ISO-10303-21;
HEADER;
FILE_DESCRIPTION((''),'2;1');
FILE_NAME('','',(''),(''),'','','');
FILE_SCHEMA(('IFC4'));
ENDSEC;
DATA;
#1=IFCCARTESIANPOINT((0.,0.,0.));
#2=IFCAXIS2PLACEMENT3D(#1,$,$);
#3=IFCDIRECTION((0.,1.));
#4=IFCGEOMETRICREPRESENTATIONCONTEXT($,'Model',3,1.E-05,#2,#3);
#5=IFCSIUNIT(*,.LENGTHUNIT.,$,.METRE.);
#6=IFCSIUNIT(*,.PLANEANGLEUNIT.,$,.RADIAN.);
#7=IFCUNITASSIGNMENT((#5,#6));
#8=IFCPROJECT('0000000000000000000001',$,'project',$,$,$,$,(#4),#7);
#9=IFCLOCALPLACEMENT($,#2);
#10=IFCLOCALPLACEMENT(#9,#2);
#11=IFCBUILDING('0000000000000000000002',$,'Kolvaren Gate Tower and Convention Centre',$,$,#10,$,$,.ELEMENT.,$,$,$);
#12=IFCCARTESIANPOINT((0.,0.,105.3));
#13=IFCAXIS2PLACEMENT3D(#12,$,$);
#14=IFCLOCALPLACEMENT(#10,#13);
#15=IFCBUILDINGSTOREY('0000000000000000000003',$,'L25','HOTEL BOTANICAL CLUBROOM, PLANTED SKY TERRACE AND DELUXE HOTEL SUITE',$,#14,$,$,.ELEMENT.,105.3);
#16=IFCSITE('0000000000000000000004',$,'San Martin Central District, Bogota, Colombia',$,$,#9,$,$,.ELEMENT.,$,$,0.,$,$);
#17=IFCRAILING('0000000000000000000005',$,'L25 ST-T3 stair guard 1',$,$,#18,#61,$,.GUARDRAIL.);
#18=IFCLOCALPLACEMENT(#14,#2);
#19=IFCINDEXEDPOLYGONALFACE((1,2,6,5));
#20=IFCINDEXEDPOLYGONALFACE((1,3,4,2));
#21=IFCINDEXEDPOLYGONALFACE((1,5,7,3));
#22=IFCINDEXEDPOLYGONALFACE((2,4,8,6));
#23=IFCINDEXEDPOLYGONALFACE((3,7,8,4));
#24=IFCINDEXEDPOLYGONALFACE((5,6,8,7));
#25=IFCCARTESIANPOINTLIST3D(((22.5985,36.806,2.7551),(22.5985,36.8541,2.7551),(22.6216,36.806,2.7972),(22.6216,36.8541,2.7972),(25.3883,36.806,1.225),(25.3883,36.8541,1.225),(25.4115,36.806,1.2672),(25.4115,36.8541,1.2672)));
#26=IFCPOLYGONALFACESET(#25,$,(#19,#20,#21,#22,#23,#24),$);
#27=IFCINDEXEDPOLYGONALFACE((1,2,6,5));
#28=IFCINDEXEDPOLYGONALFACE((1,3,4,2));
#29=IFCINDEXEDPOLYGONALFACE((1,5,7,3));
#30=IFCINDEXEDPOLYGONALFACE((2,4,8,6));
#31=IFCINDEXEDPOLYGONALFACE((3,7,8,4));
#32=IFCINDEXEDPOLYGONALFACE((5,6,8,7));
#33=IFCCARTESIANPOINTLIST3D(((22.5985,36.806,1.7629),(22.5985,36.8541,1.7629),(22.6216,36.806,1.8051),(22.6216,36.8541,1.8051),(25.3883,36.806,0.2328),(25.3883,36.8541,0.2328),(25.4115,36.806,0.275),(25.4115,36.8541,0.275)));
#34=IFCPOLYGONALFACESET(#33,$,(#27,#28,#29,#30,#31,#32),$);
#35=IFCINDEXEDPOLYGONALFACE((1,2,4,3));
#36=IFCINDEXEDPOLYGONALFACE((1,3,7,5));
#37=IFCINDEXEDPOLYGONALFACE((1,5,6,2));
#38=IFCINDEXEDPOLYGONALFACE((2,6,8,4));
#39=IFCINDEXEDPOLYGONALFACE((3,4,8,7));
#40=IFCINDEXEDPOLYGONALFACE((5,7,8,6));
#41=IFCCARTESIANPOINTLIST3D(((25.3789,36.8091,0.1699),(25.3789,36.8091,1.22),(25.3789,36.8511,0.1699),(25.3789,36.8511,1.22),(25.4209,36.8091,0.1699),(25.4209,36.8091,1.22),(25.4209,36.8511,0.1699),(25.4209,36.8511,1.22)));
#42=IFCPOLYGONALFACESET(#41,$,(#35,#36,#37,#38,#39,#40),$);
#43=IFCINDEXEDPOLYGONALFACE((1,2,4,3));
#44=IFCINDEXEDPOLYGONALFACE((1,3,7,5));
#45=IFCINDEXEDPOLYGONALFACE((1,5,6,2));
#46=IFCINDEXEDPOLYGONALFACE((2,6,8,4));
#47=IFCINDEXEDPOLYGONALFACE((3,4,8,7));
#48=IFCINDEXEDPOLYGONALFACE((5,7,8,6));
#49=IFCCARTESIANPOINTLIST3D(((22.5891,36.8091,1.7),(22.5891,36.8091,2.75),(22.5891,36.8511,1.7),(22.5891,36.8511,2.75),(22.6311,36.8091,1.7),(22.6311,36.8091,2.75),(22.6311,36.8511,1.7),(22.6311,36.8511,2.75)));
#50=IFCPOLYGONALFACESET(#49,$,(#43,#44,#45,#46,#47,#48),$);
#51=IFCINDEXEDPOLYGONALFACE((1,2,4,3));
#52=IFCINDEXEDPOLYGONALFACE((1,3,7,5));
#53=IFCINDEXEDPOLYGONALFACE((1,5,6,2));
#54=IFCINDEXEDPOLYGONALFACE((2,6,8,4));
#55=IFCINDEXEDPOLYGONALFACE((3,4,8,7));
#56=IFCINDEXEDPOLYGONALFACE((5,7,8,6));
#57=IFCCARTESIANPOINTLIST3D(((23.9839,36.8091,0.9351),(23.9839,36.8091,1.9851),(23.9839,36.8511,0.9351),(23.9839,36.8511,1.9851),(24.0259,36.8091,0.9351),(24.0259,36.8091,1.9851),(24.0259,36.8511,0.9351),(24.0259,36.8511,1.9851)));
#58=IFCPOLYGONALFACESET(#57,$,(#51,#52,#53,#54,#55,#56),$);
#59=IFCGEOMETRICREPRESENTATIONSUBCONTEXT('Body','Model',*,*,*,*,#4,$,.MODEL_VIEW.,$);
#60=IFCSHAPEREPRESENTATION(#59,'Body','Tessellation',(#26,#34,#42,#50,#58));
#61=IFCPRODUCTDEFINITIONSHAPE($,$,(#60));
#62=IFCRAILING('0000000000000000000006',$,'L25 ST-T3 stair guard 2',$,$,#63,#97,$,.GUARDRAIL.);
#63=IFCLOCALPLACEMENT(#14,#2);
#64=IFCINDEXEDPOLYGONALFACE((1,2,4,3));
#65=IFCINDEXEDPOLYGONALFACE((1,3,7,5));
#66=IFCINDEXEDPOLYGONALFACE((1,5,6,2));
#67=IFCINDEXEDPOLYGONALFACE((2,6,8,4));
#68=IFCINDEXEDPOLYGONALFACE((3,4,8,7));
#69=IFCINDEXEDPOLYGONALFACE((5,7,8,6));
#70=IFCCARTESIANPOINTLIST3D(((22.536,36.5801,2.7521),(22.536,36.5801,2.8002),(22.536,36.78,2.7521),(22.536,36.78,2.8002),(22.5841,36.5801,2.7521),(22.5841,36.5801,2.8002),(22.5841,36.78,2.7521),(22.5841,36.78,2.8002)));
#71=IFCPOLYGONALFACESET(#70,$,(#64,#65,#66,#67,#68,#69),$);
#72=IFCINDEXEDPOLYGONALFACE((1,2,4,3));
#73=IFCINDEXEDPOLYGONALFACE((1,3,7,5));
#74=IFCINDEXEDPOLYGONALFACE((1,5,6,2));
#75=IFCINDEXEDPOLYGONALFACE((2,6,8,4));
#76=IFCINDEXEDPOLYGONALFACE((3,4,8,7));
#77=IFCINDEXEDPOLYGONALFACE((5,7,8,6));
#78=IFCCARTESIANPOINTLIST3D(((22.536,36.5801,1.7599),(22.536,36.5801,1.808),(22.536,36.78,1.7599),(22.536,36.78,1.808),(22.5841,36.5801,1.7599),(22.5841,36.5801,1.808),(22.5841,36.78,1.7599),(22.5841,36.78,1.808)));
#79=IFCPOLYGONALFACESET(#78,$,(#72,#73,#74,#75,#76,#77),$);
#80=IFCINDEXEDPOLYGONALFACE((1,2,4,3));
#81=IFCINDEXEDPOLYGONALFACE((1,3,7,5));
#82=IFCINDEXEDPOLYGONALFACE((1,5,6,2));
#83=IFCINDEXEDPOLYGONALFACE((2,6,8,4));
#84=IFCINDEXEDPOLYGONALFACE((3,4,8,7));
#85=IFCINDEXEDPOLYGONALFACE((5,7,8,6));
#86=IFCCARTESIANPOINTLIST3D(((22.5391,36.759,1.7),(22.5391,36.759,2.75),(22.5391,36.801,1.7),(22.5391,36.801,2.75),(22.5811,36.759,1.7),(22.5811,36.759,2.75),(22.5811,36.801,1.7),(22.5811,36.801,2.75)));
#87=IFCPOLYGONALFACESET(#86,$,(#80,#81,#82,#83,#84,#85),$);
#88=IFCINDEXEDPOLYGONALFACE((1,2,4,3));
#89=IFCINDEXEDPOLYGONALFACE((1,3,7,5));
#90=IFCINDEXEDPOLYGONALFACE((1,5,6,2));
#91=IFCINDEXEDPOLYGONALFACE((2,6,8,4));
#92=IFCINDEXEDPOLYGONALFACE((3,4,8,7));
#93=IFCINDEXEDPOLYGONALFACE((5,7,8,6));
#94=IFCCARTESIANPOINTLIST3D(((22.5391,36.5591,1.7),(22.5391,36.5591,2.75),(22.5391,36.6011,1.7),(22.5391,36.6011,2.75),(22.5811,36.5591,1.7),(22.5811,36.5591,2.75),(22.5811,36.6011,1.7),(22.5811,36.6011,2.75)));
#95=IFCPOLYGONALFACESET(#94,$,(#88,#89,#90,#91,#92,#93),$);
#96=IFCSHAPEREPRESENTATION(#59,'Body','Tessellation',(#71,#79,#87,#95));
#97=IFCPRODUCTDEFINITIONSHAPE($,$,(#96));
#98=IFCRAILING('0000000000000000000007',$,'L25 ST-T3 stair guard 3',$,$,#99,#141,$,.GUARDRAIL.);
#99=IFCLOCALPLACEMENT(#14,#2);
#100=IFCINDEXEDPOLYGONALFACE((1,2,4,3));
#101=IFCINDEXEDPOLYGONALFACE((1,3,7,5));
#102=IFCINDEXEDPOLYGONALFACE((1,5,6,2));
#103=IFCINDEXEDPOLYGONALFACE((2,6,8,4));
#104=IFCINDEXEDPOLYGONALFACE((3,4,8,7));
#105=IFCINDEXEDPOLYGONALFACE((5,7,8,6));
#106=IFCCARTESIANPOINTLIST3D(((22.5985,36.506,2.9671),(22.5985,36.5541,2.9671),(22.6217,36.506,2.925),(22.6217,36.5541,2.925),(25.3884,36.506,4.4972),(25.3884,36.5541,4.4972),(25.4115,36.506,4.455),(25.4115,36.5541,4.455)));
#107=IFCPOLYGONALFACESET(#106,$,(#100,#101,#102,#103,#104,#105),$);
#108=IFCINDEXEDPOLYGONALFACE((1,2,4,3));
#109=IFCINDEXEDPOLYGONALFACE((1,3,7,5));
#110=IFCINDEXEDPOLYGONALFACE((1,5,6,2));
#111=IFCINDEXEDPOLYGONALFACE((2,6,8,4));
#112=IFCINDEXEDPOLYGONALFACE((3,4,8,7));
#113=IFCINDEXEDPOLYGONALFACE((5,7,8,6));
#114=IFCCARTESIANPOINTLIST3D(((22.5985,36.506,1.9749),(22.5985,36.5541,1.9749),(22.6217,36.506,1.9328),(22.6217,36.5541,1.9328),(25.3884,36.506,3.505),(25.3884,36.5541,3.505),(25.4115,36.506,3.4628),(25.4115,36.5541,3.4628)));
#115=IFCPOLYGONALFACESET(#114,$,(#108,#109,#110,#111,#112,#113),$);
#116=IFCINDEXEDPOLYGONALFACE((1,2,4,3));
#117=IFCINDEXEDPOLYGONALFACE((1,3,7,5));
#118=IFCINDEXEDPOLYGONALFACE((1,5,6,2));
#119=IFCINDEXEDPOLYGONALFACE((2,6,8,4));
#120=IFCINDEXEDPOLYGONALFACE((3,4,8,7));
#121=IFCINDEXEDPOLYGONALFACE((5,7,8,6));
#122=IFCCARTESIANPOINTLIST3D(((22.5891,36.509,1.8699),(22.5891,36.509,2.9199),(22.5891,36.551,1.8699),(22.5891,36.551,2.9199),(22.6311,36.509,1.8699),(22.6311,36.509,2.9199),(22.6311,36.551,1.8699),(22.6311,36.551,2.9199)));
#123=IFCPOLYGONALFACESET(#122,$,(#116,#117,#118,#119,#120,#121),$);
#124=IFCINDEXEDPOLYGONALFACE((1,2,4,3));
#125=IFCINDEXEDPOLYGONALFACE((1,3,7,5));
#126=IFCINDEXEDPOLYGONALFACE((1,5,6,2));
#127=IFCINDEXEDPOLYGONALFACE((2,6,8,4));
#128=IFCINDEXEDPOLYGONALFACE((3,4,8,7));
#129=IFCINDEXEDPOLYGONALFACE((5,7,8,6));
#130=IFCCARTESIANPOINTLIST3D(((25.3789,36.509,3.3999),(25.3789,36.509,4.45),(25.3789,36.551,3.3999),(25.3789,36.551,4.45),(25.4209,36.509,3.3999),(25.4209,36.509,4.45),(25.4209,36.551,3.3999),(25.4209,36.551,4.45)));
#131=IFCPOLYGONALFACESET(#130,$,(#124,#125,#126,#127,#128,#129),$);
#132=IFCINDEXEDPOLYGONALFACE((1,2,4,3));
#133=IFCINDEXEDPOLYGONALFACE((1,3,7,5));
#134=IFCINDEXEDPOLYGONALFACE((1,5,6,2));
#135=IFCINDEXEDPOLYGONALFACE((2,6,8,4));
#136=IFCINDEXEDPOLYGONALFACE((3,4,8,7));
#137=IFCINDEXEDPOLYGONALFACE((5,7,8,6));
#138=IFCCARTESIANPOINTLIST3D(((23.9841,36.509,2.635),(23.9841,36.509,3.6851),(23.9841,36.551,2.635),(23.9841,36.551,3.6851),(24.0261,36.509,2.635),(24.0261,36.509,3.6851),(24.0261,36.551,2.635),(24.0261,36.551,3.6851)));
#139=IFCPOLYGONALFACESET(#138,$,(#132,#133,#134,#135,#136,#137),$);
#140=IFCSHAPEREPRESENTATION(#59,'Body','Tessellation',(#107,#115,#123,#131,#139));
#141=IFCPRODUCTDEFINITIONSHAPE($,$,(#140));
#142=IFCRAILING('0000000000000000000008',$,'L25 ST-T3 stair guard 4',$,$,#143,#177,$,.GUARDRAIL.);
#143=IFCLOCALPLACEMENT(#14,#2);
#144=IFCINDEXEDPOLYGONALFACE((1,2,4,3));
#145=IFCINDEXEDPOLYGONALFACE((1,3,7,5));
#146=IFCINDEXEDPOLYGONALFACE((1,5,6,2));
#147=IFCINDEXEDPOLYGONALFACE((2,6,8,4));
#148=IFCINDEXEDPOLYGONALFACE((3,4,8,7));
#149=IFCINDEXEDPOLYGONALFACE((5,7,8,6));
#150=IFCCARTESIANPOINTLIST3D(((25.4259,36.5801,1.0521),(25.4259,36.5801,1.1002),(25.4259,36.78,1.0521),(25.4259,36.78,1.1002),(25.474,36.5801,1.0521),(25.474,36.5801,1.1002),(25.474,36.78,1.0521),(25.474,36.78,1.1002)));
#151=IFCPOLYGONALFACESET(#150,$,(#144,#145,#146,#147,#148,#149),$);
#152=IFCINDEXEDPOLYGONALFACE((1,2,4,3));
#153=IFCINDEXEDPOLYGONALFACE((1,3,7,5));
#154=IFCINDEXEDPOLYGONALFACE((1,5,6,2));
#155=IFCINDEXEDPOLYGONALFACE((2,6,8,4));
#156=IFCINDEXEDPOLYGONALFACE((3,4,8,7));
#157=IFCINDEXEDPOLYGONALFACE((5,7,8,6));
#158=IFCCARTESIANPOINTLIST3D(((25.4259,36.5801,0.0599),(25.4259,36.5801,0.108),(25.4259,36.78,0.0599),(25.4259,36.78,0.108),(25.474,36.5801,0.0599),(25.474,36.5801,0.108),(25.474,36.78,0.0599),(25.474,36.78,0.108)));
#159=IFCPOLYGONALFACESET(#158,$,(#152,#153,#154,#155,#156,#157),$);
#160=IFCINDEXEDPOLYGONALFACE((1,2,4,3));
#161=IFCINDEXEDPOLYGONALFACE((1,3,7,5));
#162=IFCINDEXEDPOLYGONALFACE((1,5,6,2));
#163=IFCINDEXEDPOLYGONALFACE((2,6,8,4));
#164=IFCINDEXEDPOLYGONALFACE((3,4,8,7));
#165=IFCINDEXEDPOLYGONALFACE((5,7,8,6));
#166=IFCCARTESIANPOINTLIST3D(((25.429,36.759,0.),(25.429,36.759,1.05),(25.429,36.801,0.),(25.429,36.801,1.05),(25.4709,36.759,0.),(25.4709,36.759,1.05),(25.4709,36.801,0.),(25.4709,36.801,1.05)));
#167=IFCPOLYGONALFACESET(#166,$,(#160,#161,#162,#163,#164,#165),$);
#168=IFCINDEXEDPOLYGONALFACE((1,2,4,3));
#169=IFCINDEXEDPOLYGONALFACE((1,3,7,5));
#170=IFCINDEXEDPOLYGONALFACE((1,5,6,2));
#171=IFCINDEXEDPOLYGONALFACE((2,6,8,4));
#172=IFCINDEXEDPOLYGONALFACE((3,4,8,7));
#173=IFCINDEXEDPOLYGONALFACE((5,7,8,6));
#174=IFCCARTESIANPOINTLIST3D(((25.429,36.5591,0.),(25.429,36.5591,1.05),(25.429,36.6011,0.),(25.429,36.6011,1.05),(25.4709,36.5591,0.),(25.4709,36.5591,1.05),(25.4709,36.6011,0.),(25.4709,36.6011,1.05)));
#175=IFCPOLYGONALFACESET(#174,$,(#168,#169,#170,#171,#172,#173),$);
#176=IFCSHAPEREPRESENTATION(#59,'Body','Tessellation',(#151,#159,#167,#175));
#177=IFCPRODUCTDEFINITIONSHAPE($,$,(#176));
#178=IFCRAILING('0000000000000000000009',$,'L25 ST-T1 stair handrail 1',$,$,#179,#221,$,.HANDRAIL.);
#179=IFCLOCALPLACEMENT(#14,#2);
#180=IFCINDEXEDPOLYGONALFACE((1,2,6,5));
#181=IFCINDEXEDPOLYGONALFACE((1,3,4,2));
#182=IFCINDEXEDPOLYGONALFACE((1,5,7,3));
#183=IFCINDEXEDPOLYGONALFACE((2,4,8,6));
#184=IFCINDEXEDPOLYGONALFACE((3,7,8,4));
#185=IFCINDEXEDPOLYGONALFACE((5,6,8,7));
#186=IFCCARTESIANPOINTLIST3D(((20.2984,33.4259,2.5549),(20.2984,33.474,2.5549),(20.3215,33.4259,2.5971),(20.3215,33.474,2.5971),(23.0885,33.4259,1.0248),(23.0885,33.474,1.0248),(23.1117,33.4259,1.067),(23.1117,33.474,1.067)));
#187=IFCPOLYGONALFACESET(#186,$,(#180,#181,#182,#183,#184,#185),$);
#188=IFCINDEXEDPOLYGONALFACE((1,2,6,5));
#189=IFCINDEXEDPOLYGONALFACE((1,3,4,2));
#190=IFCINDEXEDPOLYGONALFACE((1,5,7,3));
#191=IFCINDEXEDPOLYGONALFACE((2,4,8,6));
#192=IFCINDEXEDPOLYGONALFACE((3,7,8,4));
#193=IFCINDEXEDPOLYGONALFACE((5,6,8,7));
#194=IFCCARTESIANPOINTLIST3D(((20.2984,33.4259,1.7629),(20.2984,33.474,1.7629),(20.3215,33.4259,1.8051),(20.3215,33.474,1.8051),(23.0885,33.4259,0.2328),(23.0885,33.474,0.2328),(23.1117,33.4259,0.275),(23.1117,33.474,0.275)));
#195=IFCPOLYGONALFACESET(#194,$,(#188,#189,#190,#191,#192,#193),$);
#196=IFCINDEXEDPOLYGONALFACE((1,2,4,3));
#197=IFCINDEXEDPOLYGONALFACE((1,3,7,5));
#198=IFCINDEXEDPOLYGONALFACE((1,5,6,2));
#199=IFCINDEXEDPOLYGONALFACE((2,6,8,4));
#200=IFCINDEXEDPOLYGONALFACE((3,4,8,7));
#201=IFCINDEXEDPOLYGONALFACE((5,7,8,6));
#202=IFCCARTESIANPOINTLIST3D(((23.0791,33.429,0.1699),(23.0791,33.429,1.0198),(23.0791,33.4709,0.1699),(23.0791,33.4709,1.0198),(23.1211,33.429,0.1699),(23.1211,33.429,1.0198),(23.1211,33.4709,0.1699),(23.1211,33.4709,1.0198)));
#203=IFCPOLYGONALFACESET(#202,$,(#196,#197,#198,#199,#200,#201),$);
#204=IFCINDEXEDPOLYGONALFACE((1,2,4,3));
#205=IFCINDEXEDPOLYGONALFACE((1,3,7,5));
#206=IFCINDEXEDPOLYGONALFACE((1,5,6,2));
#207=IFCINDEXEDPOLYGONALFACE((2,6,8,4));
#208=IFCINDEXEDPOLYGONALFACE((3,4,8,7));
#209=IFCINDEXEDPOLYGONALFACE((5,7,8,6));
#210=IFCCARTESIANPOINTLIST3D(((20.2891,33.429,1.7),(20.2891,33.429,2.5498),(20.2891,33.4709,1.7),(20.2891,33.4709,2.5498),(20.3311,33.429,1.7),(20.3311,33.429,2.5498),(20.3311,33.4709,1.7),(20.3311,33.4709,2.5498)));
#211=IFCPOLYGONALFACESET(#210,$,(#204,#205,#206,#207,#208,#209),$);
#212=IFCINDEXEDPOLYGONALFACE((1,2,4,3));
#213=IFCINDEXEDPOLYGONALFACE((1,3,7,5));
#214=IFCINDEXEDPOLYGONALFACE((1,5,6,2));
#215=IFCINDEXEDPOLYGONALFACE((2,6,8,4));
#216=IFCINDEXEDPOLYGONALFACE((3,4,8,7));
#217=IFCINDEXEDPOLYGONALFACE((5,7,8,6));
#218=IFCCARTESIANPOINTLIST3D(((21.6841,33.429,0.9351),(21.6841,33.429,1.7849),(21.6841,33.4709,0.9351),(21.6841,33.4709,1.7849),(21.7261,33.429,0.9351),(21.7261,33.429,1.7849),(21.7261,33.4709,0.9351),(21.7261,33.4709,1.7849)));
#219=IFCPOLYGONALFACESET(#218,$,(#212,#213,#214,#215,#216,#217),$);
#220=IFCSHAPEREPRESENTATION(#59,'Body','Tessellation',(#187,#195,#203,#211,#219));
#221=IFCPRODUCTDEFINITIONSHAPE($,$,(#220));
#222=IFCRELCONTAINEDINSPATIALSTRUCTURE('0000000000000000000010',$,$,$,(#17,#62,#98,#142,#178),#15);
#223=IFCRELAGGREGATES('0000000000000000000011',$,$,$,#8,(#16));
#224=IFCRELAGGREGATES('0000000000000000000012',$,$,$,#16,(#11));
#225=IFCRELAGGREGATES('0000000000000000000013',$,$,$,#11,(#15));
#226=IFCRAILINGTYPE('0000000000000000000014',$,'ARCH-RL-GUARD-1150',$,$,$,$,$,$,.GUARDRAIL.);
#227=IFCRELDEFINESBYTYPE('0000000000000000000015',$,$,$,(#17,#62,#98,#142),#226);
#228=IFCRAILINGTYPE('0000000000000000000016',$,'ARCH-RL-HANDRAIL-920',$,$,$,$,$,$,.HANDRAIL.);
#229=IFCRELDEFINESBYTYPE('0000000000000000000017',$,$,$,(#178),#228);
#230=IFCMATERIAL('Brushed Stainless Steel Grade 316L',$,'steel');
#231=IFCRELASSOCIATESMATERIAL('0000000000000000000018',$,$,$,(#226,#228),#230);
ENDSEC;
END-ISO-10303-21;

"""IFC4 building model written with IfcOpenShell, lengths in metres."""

from ifc_helpers import new_model, si_unit, direction, frame, origin, origin_2d, place, context, subcontext, project, spatial, rectangle, extrude, material, type_object, element, save


model = new_model("IFC4")

# Units and contexts
model_context = context("Model", 3, precision=1e-05, world=origin(), true_north=direction((0.0, 1.0)))
body_context = subcontext(model_context, "Body", "Model", "MODEL_VIEW")
ifc_project = project(units=[si_unit("LENGTHUNIT", "METRE"), si_unit("PLANEANGLEUNIT", "RADIAN")], contexts=[model_context])

# Site, building, storey
site_placement = place(None, origin())
site = spatial("IfcSite", under=ifc_project, at=site_placement, Name="San Martin Central District, Bogota, Colombia", CompositionType="ELEMENT", RefElevation=0.0)
building_placement = place(site_placement, origin())
building = spatial("IfcBuilding", under=site, at=building_placement, Name="Kolvaren Gate Tower and Convention Centre", CompositionType="ELEMENT")
storey_placement = place(building_placement, frame((0.0, 0.0, 105.3)))
storey = spatial("IfcBuildingStorey", under=building, at=storey_placement, Name="L25", Description="HOTEL BOTANICAL CLUBROOM, PLANTED SKY TERRACE AND DELUXE HOTEL SUITE", CompositionType="ELEMENT", Elevation=105.3)

# Railings
ifc_material_1 = material(Name="Brushed Stainless Steel Grade 316L", Category="steel")
railing_type_1 = type_object("IfcRailingType", Name="ARCH-RL-GUARD-1150", PredefinedType="GUARDRAIL", material=ifc_material_1)
railing_1_placement = place(storey_placement, frame((25.3999, 36.8301, 0.1699)))
element("IfcRailing", 1, at=railing_1_placement, inside=storey, type_object=railing_type_1, Name="L25 ST-T3 stair guard 1", PredefinedType="GUARDRAIL", context=body_context, shape_type="SweptSolid", body=[
    extrude(rectangle(XDim=0.0481, YDim=0.0481, at=origin_2d()), frame((0.0, 0.0, 1.0762), z_axis=(-0.876794, 0.0, 0.480867), x_axis=(0.0, -1.0, 0.0)), (0.0, 0.0, 1.0), 3.1819),
    extrude(rectangle(XDim=0.0481, YDim=0.0481, at=origin_2d()), frame((0.0, 0.0, 0.084), z_axis=(-0.876794, 0.0, 0.480867), x_axis=(0.0, -1.0, 0.0)), (0.0, 0.0, 1.0), 3.1819),
    extrude(rectangle(XDim=0.042, YDim=0.042, at=origin_2d()), origin(), (0.0, 0.0, 1.0), 1.05),
    extrude(rectangle(XDim=0.042, YDim=0.042, at=origin_2d()), frame((-2.7898, 0.0, 1.53)), (0.0, 0.0, 1.0), 1.05),
    extrude(rectangle(XDim=0.042, YDim=0.042, at=origin_2d()), frame((-1.395, 0.0, 0.7651)), (0.0, 0.0, 1.0), 1.05),
])
railing_2_placement = place(storey_placement, frame((22.5601, 36.78, 1.7)))
element("IfcRailing", 2, at=railing_2_placement, inside=storey, type_object=railing_type_1, Name="L25 ST-T3 stair guard 2", PredefinedType="GUARDRAIL", context=body_context, shape_type="SweptSolid", body=[
    extrude(rectangle(XDim=0.0481, YDim=0.0481, at=origin_2d()), frame((0.0, 0.0, 1.0762), z_axis=(0.0, -1.0, 0.0), x_axis=(1.0, 0.0, 0.0)), (0.0, 0.0, 1.0), 0.2),
    extrude(rectangle(XDim=0.0481, YDim=0.0481, at=origin_2d()), frame((0.0, 0.0, 0.084), z_axis=(0.0, -1.0, 0.0), x_axis=(1.0, 0.0, 0.0)), (0.0, 0.0, 1.0), 0.2),
    extrude(rectangle(XDim=0.042, YDim=0.042, at=origin_2d()), origin(), (0.0, 0.0, 1.0), 1.05),
    extrude(rectangle(XDim=0.042, YDim=0.042, at=origin_2d()), frame((0.0, -0.2, 0.0)), (0.0, 0.0, 1.0), 1.05),
])
railing_3_placement = place(storey_placement, frame((22.6101, 36.53, 1.8699)))
element("IfcRailing", 3, at=railing_3_placement, inside=storey, type_object=railing_type_1, Name="L25 ST-T3 stair guard 3", PredefinedType="GUARDRAIL", context=body_context, shape_type="SweptSolid", body=[
    extrude(rectangle(XDim=0.0481, YDim=0.0481, at=origin_2d()), frame((0.0, 0.0, 1.0762), z_axis=(0.876794, 0.0, 0.480867), x_axis=(0.0, 1.0, 0.0)), (0.0, 0.0, 1.0), 3.1819),
    extrude(rectangle(XDim=0.0481, YDim=0.0481, at=origin_2d()), frame((0.0, 0.0, 0.084), z_axis=(0.876794, 0.0, 0.480867), x_axis=(0.0, 1.0, 0.0)), (0.0, 0.0, 1.0), 3.1819),
    extrude(rectangle(XDim=0.042, YDim=0.042, at=origin_2d()), origin(), (0.0, 0.0, 1.0), 1.05),
    extrude(rectangle(XDim=0.042, YDim=0.042, at=origin_2d()), frame((2.7898, 0.0, 1.53)), (0.0, 0.0, 1.0), 1.05),
    extrude(rectangle(XDim=0.042, YDim=0.042, at=origin_2d()), frame((1.395, 0.0, 0.7651)), (0.0, 0.0, 1.0), 1.05),
])
railing_4_placement = place(storey_placement, frame((25.45, 36.78, 0.0)))
element("IfcRailing", 4, at=railing_4_placement, inside=storey, type_object=railing_type_1, Name="L25 ST-T3 stair guard 4", PredefinedType="GUARDRAIL", context=body_context, shape_type="SweptSolid", body=[
    extrude(rectangle(XDim=0.0481, YDim=0.0481, at=origin_2d()), frame((0.0, 0.0, 1.0762), z_axis=(0.0, -1.0, 0.0), x_axis=(1.0, 0.0, 0.0)), (0.0, 0.0, 1.0), 0.2),
    extrude(rectangle(XDim=0.0481, YDim=0.0481, at=origin_2d()), frame((0.0, 0.0, 0.084), z_axis=(0.0, -1.0, 0.0), x_axis=(1.0, 0.0, 0.0)), (0.0, 0.0, 1.0), 0.2),
    extrude(rectangle(XDim=0.042, YDim=0.042, at=origin_2d()), origin(), (0.0, 0.0, 1.0), 1.05),
    extrude(rectangle(XDim=0.042, YDim=0.042, at=origin_2d()), frame((0.0, -0.2, 0.0)), (0.0, 0.0, 1.0), 1.05),
])
railing_type_2 = type_object("IfcRailingType", Name="ARCH-RL-HANDRAIL-920", PredefinedType="HANDRAIL", material=ifc_material_1)
railing_5_placement = place(storey_placement, frame((23.1001, 33.45, 0.1699)))
element("IfcRailing", 5, at=railing_5_placement, inside=storey, type_object=railing_type_2, Name="L25 ST-T1 stair handrail 1", PredefinedType="HANDRAIL", context=body_context, shape_type="SweptSolid", body=[
    extrude(rectangle(XDim=0.0481, YDim=0.0481, at=origin_2d()), frame((0.0, 0.0, 0.876), z_axis=(-0.876811, 0.0, 0.480835), x_axis=(0.0, -1.0, 0.0)), (0.0, 0.0, 1.0), 3.1821),
    extrude(rectangle(XDim=0.0481, YDim=0.0481, at=origin_2d()), frame((0.0, 0.0, 0.084), z_axis=(-0.876811, 0.0, 0.480835), x_axis=(0.0, -1.0, 0.0)), (0.0, 0.0, 1.0), 3.1821),
    extrude(rectangle(XDim=0.042, YDim=0.042, at=origin_2d()), origin(), (0.0, 0.0, 1.0), 0.8499),
    extrude(rectangle(XDim=0.042, YDim=0.042, at=origin_2d()), frame((-2.79, 0.0, 1.53)), (0.0, 0.0, 1.0), 0.8499),
    extrude(rectangle(XDim=0.042, YDim=0.042, at=origin_2d()), frame((-1.395, 0.0, 0.7651)), (0.0, 0.0, 1.0), 0.8499),
])

save(model, "model.ifc")
